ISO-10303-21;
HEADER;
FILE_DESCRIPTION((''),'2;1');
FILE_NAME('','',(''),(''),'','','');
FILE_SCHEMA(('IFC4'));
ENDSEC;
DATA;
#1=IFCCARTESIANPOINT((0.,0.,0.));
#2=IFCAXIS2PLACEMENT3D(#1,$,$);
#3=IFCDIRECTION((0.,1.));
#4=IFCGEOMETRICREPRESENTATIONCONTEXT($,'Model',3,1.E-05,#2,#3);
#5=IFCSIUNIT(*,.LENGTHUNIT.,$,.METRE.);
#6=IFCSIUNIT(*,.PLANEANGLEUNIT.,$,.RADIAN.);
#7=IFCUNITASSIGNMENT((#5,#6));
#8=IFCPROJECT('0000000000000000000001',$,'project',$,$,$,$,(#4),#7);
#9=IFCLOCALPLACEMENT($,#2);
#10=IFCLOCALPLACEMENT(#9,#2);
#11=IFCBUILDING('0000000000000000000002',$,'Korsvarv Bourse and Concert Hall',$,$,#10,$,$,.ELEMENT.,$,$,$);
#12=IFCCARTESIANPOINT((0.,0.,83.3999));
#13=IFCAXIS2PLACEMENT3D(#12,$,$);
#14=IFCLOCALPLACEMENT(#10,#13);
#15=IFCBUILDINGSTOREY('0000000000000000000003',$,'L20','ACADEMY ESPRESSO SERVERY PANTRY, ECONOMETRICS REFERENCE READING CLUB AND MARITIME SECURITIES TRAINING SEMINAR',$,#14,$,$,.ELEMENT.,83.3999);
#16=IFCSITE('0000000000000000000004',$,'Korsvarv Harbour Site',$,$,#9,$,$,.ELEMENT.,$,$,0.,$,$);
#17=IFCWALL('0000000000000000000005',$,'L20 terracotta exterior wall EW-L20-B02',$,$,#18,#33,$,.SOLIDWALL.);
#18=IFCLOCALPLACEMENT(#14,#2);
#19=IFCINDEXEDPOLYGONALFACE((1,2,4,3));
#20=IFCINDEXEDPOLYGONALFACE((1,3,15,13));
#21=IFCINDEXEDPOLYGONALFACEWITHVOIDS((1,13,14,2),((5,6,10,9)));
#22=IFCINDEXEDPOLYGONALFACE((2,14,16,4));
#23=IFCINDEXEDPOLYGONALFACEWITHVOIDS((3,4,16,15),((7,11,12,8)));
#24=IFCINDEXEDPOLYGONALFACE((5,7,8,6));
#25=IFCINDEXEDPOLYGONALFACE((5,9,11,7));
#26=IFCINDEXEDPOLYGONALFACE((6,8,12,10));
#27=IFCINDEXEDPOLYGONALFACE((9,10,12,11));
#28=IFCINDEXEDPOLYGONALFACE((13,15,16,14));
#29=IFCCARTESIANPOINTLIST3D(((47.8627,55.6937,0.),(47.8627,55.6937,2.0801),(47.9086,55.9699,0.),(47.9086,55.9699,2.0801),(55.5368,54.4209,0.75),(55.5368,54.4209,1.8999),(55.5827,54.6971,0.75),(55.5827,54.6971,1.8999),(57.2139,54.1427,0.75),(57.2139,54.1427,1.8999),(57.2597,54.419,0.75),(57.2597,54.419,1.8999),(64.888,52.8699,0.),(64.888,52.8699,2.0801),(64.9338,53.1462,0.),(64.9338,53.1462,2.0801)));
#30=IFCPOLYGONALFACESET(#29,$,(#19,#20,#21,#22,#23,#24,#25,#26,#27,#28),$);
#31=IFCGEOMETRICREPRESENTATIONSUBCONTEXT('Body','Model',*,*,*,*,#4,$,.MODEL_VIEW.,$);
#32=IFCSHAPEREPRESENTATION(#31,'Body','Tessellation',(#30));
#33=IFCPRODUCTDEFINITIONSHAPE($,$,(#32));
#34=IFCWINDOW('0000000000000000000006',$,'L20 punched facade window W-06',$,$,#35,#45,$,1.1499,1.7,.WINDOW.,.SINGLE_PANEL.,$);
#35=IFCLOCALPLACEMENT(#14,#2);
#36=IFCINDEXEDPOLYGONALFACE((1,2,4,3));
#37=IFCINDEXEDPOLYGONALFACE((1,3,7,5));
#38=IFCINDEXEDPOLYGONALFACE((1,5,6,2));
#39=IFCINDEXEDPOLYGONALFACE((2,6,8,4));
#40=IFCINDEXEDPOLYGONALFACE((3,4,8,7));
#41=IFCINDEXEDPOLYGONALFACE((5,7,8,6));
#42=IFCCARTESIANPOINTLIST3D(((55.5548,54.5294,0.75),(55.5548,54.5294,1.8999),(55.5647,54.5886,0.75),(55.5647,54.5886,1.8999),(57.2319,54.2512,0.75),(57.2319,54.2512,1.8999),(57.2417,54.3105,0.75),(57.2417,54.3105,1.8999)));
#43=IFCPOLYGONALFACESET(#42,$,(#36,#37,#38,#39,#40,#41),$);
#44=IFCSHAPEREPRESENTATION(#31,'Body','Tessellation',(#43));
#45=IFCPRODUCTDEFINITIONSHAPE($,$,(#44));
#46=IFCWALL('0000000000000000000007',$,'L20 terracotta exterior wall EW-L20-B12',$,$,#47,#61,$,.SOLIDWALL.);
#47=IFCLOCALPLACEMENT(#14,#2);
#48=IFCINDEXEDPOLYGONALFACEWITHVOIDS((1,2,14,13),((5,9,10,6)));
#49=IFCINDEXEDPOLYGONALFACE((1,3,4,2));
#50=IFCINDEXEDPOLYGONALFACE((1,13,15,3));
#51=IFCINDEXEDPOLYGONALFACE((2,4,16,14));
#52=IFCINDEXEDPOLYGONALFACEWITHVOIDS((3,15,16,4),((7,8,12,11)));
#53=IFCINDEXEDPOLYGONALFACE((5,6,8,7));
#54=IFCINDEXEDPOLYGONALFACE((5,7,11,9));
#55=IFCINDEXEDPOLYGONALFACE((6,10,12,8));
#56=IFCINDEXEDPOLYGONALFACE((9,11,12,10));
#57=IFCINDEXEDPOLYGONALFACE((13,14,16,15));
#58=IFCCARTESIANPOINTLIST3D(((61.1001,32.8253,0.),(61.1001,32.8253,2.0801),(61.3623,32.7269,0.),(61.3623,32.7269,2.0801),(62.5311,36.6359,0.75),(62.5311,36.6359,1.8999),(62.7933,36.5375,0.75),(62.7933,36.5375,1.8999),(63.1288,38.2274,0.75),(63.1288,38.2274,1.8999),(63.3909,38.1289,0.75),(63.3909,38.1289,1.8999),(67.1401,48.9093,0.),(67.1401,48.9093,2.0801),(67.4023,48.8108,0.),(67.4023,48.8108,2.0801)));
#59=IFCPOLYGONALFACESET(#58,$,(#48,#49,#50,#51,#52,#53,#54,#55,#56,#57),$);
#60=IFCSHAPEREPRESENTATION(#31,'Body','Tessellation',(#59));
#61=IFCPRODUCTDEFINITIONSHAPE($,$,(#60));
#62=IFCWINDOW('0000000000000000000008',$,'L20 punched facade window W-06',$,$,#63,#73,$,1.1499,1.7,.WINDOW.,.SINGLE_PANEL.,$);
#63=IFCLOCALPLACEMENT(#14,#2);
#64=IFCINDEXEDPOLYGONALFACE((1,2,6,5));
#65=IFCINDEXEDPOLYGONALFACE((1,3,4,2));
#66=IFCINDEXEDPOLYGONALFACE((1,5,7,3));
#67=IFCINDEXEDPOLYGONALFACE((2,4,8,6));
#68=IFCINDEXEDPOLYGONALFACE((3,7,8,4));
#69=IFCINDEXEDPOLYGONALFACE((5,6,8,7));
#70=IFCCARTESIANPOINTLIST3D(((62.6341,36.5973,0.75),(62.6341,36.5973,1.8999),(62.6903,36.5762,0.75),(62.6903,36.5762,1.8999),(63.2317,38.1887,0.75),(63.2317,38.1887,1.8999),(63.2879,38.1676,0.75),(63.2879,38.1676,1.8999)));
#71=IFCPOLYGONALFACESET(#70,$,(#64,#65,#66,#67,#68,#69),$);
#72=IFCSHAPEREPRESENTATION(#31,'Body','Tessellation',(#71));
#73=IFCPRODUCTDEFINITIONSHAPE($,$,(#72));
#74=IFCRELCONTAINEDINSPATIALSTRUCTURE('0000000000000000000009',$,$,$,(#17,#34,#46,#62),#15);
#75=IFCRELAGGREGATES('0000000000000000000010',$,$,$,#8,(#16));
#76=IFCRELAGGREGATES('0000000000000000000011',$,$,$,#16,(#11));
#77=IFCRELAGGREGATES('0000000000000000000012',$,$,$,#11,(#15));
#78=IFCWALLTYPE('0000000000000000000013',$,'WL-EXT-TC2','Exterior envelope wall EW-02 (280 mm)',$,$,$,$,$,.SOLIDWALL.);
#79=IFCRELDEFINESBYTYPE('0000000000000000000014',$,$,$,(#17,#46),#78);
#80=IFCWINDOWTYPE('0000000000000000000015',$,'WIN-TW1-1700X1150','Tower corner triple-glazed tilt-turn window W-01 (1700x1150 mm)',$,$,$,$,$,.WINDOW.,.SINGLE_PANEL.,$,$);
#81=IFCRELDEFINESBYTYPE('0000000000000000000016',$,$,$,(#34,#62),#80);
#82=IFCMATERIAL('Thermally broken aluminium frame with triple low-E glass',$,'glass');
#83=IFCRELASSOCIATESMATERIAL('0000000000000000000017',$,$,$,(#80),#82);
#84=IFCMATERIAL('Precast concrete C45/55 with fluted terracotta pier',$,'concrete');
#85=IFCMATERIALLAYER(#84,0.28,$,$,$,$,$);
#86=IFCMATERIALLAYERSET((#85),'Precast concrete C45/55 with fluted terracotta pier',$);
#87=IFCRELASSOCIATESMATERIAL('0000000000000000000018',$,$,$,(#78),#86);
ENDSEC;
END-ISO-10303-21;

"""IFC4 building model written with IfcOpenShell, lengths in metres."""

from ifc_helpers import new_model, si_unit, direction, frame, frame_2d, origin, place, context, subcontext, project, spatial, rectangle, extrude, material, layer, layer_set, type_object, element, fill, save


model = new_model("IFC4")

# Units and contexts
model_context = context("Model", 3, precision=1e-05, world=origin(), true_north=direction((0.0, 1.0)))
body_context = subcontext(model_context, "Body", "Model", "MODEL_VIEW")
ifc_project = project(units=[si_unit("LENGTHUNIT", "METRE"), si_unit("PLANEANGLEUNIT", "RADIAN")], contexts=[model_context])

# Site, building, storey
site_placement = place(None, origin())
site = spatial("IfcSite", under=ifc_project, at=site_placement, Name="Korsvarv Harbour Site", CompositionType="ELEMENT", RefElevation=0.0)
building_placement = place(site_placement, origin())
building = spatial("IfcBuilding", under=site, at=building_placement, Name="Korsvarv Bourse and Concert Hall", CompositionType="ELEMENT")
storey_placement = place(building_placement, frame((0.0, 0.0, 83.3999)))
storey = spatial("IfcBuildingStorey", under=building, at=storey_placement, Name="L20", Description="ACADEMY ESPRESSO SERVERY PANTRY, ECONOMETRICS REFERENCE READING CLUB AND MARITIME SECURITIES TRAINING SEMINAR", CompositionType="ELEMENT", Elevation=83.3999)

# Walls, openings, windows
ifc_material_1 = material(Name="Thermally broken aluminium frame with triple low-E glass", Category="glass")
window_type = type_object("IfcWindowType", Name="WIN-TW1-1700X1150", Description="Tower corner triple-glazed tilt-turn window W-01 (1700x1150 mm)", PartitioningType="SINGLE_PANEL", PredefinedType="WINDOW", material=ifc_material_1)
ifc_material_2 = material(Name="Precast concrete C45/55 with fluted terracotta pier", Category="concrete")
ifc_layer_1 = layer(ifc_material_2, 0.28)
ifc_layer_set_1 = layer_set([ifc_layer_1], Name="Precast concrete C45/55 with fluted terracotta pier")
wall_type_1 = type_object("IfcWallType", Name="WL-EXT-TC2", Description="Exterior envelope wall EW-02 (280 mm)", PredefinedType="SOLIDWALL", material=ifc_layer_set_1)
wall_1_placement = place(storey_placement, frame((64.9109, 53.0081, 0.0), z_axis=(0.0, 0.0, 1.0), x_axis=(-0.986523, 0.163621, 0.0)))
wall_1 = element("IfcWall", 1, at=wall_1_placement, inside=storey, type_object=wall_type_1, Name="L20 terracotta exterior wall EW-L20-B02", PredefinedType="SOLIDWALL", context=body_context, shape_type="SweptSolid", body=[
    extrude(rectangle(XDim=17.2578, YDim=0.28, at=frame_2d((8.6289, 0.0))), origin(), (0.0, 0.0, 1.0), 2.0801),
])
opening_1_placement = place(wall_1_placement, frame((7.7788, 0.0, 0.75)))
opening_1 = element("IfcOpeningElement", 2, at=opening_1_placement, cuts=wall_1, PredefinedType="OPENING", context=body_context, shape_type="SweptSolid", body=[
    extrude(rectangle(XDim=1.7, YDim=1.1499, at=frame_2d((0.8501, 0.575))), frame((0.0, 0.1499, 0.0), z_axis=(0.0, -1.0, 0.0), x_axis=(1.0, 0.0, 0.0)), (0.0, 0.0, 1.0), 0.3),
])
window_1_placement = place(opening_1_placement, origin())
window_1 = element("IfcWindow", 3, at=window_1_placement, inside=storey, type_object=window_type, Name="L20 punched facade window W-06", OverallHeight=1.1499, OverallWidth=1.7, PartitioningType="SINGLE_PANEL", PredefinedType="WINDOW", context=body_context, shape_type="SweptSolid", body=[
    extrude(rectangle(XDim=1.7, YDim=1.1499, at=frame_2d((0.8501, 0.575))), frame((0.0, 0.03, 0.0), z_axis=(0.0, -1.0, 0.0), x_axis=(1.0, 0.0, 0.0)), (0.0, 0.0, 1.0), 0.0601),
])
fill(opening_1, window_1)
wall_2_placement = place(storey_placement, frame((61.2312, 32.7761, 0.0), z_axis=(0.0, 0.0, 1.0), x_axis=(0.351559, 0.936166, 0.0)))
wall_2 = element("IfcWall", 4, at=wall_2_placement, inside=storey, type_object=wall_type_1, Name="L20 terracotta exterior wall EW-L20-B12", PredefinedType="SOLIDWALL", context=body_context, shape_type="SweptSolid", body=[
    extrude(rectangle(XDim=17.1807, YDim=0.28, at=frame_2d((8.5903, 0.0))), origin(), (0.0, 0.0, 1.0), 2.0801),
])
opening_2_placement = place(wall_2_placement, frame((4.0703, 0.0, 0.75)))
opening_2 = element("IfcOpeningElement", 5, at=opening_2_placement, cuts=wall_2, PredefinedType="OPENING", context=body_context, shape_type="SweptSolid", body=[
    extrude(rectangle(XDim=1.7, YDim=1.1499, at=frame_2d((0.8501, 0.575))), frame((0.0, 0.1499, 0.0), z_axis=(0.0, -1.0, 0.0), x_axis=(1.0, 0.0, 0.0)), (0.0, 0.0, 1.0), 0.3),
])
window_2_placement = place(opening_2_placement, origin())
window_2 = element("IfcWindow", 6, at=window_2_placement, inside=storey, type_object=window_type, Name="L20 punched facade window W-06", OverallHeight=1.1499, OverallWidth=1.7, PartitioningType="SINGLE_PANEL", PredefinedType="WINDOW", context=body_context, shape_type="SweptSolid", body=[
    extrude(rectangle(XDim=1.7, YDim=1.1499, at=frame_2d((0.8501, 0.575))), frame((0.0, 0.03, 0.0), z_axis=(0.0, -1.0, 0.0), x_axis=(1.0, 0.0, 0.0)), (0.0, 0.0, 1.0), 0.0601),
])
fill(opening_2, window_2)

save(model, "model.ifc")
